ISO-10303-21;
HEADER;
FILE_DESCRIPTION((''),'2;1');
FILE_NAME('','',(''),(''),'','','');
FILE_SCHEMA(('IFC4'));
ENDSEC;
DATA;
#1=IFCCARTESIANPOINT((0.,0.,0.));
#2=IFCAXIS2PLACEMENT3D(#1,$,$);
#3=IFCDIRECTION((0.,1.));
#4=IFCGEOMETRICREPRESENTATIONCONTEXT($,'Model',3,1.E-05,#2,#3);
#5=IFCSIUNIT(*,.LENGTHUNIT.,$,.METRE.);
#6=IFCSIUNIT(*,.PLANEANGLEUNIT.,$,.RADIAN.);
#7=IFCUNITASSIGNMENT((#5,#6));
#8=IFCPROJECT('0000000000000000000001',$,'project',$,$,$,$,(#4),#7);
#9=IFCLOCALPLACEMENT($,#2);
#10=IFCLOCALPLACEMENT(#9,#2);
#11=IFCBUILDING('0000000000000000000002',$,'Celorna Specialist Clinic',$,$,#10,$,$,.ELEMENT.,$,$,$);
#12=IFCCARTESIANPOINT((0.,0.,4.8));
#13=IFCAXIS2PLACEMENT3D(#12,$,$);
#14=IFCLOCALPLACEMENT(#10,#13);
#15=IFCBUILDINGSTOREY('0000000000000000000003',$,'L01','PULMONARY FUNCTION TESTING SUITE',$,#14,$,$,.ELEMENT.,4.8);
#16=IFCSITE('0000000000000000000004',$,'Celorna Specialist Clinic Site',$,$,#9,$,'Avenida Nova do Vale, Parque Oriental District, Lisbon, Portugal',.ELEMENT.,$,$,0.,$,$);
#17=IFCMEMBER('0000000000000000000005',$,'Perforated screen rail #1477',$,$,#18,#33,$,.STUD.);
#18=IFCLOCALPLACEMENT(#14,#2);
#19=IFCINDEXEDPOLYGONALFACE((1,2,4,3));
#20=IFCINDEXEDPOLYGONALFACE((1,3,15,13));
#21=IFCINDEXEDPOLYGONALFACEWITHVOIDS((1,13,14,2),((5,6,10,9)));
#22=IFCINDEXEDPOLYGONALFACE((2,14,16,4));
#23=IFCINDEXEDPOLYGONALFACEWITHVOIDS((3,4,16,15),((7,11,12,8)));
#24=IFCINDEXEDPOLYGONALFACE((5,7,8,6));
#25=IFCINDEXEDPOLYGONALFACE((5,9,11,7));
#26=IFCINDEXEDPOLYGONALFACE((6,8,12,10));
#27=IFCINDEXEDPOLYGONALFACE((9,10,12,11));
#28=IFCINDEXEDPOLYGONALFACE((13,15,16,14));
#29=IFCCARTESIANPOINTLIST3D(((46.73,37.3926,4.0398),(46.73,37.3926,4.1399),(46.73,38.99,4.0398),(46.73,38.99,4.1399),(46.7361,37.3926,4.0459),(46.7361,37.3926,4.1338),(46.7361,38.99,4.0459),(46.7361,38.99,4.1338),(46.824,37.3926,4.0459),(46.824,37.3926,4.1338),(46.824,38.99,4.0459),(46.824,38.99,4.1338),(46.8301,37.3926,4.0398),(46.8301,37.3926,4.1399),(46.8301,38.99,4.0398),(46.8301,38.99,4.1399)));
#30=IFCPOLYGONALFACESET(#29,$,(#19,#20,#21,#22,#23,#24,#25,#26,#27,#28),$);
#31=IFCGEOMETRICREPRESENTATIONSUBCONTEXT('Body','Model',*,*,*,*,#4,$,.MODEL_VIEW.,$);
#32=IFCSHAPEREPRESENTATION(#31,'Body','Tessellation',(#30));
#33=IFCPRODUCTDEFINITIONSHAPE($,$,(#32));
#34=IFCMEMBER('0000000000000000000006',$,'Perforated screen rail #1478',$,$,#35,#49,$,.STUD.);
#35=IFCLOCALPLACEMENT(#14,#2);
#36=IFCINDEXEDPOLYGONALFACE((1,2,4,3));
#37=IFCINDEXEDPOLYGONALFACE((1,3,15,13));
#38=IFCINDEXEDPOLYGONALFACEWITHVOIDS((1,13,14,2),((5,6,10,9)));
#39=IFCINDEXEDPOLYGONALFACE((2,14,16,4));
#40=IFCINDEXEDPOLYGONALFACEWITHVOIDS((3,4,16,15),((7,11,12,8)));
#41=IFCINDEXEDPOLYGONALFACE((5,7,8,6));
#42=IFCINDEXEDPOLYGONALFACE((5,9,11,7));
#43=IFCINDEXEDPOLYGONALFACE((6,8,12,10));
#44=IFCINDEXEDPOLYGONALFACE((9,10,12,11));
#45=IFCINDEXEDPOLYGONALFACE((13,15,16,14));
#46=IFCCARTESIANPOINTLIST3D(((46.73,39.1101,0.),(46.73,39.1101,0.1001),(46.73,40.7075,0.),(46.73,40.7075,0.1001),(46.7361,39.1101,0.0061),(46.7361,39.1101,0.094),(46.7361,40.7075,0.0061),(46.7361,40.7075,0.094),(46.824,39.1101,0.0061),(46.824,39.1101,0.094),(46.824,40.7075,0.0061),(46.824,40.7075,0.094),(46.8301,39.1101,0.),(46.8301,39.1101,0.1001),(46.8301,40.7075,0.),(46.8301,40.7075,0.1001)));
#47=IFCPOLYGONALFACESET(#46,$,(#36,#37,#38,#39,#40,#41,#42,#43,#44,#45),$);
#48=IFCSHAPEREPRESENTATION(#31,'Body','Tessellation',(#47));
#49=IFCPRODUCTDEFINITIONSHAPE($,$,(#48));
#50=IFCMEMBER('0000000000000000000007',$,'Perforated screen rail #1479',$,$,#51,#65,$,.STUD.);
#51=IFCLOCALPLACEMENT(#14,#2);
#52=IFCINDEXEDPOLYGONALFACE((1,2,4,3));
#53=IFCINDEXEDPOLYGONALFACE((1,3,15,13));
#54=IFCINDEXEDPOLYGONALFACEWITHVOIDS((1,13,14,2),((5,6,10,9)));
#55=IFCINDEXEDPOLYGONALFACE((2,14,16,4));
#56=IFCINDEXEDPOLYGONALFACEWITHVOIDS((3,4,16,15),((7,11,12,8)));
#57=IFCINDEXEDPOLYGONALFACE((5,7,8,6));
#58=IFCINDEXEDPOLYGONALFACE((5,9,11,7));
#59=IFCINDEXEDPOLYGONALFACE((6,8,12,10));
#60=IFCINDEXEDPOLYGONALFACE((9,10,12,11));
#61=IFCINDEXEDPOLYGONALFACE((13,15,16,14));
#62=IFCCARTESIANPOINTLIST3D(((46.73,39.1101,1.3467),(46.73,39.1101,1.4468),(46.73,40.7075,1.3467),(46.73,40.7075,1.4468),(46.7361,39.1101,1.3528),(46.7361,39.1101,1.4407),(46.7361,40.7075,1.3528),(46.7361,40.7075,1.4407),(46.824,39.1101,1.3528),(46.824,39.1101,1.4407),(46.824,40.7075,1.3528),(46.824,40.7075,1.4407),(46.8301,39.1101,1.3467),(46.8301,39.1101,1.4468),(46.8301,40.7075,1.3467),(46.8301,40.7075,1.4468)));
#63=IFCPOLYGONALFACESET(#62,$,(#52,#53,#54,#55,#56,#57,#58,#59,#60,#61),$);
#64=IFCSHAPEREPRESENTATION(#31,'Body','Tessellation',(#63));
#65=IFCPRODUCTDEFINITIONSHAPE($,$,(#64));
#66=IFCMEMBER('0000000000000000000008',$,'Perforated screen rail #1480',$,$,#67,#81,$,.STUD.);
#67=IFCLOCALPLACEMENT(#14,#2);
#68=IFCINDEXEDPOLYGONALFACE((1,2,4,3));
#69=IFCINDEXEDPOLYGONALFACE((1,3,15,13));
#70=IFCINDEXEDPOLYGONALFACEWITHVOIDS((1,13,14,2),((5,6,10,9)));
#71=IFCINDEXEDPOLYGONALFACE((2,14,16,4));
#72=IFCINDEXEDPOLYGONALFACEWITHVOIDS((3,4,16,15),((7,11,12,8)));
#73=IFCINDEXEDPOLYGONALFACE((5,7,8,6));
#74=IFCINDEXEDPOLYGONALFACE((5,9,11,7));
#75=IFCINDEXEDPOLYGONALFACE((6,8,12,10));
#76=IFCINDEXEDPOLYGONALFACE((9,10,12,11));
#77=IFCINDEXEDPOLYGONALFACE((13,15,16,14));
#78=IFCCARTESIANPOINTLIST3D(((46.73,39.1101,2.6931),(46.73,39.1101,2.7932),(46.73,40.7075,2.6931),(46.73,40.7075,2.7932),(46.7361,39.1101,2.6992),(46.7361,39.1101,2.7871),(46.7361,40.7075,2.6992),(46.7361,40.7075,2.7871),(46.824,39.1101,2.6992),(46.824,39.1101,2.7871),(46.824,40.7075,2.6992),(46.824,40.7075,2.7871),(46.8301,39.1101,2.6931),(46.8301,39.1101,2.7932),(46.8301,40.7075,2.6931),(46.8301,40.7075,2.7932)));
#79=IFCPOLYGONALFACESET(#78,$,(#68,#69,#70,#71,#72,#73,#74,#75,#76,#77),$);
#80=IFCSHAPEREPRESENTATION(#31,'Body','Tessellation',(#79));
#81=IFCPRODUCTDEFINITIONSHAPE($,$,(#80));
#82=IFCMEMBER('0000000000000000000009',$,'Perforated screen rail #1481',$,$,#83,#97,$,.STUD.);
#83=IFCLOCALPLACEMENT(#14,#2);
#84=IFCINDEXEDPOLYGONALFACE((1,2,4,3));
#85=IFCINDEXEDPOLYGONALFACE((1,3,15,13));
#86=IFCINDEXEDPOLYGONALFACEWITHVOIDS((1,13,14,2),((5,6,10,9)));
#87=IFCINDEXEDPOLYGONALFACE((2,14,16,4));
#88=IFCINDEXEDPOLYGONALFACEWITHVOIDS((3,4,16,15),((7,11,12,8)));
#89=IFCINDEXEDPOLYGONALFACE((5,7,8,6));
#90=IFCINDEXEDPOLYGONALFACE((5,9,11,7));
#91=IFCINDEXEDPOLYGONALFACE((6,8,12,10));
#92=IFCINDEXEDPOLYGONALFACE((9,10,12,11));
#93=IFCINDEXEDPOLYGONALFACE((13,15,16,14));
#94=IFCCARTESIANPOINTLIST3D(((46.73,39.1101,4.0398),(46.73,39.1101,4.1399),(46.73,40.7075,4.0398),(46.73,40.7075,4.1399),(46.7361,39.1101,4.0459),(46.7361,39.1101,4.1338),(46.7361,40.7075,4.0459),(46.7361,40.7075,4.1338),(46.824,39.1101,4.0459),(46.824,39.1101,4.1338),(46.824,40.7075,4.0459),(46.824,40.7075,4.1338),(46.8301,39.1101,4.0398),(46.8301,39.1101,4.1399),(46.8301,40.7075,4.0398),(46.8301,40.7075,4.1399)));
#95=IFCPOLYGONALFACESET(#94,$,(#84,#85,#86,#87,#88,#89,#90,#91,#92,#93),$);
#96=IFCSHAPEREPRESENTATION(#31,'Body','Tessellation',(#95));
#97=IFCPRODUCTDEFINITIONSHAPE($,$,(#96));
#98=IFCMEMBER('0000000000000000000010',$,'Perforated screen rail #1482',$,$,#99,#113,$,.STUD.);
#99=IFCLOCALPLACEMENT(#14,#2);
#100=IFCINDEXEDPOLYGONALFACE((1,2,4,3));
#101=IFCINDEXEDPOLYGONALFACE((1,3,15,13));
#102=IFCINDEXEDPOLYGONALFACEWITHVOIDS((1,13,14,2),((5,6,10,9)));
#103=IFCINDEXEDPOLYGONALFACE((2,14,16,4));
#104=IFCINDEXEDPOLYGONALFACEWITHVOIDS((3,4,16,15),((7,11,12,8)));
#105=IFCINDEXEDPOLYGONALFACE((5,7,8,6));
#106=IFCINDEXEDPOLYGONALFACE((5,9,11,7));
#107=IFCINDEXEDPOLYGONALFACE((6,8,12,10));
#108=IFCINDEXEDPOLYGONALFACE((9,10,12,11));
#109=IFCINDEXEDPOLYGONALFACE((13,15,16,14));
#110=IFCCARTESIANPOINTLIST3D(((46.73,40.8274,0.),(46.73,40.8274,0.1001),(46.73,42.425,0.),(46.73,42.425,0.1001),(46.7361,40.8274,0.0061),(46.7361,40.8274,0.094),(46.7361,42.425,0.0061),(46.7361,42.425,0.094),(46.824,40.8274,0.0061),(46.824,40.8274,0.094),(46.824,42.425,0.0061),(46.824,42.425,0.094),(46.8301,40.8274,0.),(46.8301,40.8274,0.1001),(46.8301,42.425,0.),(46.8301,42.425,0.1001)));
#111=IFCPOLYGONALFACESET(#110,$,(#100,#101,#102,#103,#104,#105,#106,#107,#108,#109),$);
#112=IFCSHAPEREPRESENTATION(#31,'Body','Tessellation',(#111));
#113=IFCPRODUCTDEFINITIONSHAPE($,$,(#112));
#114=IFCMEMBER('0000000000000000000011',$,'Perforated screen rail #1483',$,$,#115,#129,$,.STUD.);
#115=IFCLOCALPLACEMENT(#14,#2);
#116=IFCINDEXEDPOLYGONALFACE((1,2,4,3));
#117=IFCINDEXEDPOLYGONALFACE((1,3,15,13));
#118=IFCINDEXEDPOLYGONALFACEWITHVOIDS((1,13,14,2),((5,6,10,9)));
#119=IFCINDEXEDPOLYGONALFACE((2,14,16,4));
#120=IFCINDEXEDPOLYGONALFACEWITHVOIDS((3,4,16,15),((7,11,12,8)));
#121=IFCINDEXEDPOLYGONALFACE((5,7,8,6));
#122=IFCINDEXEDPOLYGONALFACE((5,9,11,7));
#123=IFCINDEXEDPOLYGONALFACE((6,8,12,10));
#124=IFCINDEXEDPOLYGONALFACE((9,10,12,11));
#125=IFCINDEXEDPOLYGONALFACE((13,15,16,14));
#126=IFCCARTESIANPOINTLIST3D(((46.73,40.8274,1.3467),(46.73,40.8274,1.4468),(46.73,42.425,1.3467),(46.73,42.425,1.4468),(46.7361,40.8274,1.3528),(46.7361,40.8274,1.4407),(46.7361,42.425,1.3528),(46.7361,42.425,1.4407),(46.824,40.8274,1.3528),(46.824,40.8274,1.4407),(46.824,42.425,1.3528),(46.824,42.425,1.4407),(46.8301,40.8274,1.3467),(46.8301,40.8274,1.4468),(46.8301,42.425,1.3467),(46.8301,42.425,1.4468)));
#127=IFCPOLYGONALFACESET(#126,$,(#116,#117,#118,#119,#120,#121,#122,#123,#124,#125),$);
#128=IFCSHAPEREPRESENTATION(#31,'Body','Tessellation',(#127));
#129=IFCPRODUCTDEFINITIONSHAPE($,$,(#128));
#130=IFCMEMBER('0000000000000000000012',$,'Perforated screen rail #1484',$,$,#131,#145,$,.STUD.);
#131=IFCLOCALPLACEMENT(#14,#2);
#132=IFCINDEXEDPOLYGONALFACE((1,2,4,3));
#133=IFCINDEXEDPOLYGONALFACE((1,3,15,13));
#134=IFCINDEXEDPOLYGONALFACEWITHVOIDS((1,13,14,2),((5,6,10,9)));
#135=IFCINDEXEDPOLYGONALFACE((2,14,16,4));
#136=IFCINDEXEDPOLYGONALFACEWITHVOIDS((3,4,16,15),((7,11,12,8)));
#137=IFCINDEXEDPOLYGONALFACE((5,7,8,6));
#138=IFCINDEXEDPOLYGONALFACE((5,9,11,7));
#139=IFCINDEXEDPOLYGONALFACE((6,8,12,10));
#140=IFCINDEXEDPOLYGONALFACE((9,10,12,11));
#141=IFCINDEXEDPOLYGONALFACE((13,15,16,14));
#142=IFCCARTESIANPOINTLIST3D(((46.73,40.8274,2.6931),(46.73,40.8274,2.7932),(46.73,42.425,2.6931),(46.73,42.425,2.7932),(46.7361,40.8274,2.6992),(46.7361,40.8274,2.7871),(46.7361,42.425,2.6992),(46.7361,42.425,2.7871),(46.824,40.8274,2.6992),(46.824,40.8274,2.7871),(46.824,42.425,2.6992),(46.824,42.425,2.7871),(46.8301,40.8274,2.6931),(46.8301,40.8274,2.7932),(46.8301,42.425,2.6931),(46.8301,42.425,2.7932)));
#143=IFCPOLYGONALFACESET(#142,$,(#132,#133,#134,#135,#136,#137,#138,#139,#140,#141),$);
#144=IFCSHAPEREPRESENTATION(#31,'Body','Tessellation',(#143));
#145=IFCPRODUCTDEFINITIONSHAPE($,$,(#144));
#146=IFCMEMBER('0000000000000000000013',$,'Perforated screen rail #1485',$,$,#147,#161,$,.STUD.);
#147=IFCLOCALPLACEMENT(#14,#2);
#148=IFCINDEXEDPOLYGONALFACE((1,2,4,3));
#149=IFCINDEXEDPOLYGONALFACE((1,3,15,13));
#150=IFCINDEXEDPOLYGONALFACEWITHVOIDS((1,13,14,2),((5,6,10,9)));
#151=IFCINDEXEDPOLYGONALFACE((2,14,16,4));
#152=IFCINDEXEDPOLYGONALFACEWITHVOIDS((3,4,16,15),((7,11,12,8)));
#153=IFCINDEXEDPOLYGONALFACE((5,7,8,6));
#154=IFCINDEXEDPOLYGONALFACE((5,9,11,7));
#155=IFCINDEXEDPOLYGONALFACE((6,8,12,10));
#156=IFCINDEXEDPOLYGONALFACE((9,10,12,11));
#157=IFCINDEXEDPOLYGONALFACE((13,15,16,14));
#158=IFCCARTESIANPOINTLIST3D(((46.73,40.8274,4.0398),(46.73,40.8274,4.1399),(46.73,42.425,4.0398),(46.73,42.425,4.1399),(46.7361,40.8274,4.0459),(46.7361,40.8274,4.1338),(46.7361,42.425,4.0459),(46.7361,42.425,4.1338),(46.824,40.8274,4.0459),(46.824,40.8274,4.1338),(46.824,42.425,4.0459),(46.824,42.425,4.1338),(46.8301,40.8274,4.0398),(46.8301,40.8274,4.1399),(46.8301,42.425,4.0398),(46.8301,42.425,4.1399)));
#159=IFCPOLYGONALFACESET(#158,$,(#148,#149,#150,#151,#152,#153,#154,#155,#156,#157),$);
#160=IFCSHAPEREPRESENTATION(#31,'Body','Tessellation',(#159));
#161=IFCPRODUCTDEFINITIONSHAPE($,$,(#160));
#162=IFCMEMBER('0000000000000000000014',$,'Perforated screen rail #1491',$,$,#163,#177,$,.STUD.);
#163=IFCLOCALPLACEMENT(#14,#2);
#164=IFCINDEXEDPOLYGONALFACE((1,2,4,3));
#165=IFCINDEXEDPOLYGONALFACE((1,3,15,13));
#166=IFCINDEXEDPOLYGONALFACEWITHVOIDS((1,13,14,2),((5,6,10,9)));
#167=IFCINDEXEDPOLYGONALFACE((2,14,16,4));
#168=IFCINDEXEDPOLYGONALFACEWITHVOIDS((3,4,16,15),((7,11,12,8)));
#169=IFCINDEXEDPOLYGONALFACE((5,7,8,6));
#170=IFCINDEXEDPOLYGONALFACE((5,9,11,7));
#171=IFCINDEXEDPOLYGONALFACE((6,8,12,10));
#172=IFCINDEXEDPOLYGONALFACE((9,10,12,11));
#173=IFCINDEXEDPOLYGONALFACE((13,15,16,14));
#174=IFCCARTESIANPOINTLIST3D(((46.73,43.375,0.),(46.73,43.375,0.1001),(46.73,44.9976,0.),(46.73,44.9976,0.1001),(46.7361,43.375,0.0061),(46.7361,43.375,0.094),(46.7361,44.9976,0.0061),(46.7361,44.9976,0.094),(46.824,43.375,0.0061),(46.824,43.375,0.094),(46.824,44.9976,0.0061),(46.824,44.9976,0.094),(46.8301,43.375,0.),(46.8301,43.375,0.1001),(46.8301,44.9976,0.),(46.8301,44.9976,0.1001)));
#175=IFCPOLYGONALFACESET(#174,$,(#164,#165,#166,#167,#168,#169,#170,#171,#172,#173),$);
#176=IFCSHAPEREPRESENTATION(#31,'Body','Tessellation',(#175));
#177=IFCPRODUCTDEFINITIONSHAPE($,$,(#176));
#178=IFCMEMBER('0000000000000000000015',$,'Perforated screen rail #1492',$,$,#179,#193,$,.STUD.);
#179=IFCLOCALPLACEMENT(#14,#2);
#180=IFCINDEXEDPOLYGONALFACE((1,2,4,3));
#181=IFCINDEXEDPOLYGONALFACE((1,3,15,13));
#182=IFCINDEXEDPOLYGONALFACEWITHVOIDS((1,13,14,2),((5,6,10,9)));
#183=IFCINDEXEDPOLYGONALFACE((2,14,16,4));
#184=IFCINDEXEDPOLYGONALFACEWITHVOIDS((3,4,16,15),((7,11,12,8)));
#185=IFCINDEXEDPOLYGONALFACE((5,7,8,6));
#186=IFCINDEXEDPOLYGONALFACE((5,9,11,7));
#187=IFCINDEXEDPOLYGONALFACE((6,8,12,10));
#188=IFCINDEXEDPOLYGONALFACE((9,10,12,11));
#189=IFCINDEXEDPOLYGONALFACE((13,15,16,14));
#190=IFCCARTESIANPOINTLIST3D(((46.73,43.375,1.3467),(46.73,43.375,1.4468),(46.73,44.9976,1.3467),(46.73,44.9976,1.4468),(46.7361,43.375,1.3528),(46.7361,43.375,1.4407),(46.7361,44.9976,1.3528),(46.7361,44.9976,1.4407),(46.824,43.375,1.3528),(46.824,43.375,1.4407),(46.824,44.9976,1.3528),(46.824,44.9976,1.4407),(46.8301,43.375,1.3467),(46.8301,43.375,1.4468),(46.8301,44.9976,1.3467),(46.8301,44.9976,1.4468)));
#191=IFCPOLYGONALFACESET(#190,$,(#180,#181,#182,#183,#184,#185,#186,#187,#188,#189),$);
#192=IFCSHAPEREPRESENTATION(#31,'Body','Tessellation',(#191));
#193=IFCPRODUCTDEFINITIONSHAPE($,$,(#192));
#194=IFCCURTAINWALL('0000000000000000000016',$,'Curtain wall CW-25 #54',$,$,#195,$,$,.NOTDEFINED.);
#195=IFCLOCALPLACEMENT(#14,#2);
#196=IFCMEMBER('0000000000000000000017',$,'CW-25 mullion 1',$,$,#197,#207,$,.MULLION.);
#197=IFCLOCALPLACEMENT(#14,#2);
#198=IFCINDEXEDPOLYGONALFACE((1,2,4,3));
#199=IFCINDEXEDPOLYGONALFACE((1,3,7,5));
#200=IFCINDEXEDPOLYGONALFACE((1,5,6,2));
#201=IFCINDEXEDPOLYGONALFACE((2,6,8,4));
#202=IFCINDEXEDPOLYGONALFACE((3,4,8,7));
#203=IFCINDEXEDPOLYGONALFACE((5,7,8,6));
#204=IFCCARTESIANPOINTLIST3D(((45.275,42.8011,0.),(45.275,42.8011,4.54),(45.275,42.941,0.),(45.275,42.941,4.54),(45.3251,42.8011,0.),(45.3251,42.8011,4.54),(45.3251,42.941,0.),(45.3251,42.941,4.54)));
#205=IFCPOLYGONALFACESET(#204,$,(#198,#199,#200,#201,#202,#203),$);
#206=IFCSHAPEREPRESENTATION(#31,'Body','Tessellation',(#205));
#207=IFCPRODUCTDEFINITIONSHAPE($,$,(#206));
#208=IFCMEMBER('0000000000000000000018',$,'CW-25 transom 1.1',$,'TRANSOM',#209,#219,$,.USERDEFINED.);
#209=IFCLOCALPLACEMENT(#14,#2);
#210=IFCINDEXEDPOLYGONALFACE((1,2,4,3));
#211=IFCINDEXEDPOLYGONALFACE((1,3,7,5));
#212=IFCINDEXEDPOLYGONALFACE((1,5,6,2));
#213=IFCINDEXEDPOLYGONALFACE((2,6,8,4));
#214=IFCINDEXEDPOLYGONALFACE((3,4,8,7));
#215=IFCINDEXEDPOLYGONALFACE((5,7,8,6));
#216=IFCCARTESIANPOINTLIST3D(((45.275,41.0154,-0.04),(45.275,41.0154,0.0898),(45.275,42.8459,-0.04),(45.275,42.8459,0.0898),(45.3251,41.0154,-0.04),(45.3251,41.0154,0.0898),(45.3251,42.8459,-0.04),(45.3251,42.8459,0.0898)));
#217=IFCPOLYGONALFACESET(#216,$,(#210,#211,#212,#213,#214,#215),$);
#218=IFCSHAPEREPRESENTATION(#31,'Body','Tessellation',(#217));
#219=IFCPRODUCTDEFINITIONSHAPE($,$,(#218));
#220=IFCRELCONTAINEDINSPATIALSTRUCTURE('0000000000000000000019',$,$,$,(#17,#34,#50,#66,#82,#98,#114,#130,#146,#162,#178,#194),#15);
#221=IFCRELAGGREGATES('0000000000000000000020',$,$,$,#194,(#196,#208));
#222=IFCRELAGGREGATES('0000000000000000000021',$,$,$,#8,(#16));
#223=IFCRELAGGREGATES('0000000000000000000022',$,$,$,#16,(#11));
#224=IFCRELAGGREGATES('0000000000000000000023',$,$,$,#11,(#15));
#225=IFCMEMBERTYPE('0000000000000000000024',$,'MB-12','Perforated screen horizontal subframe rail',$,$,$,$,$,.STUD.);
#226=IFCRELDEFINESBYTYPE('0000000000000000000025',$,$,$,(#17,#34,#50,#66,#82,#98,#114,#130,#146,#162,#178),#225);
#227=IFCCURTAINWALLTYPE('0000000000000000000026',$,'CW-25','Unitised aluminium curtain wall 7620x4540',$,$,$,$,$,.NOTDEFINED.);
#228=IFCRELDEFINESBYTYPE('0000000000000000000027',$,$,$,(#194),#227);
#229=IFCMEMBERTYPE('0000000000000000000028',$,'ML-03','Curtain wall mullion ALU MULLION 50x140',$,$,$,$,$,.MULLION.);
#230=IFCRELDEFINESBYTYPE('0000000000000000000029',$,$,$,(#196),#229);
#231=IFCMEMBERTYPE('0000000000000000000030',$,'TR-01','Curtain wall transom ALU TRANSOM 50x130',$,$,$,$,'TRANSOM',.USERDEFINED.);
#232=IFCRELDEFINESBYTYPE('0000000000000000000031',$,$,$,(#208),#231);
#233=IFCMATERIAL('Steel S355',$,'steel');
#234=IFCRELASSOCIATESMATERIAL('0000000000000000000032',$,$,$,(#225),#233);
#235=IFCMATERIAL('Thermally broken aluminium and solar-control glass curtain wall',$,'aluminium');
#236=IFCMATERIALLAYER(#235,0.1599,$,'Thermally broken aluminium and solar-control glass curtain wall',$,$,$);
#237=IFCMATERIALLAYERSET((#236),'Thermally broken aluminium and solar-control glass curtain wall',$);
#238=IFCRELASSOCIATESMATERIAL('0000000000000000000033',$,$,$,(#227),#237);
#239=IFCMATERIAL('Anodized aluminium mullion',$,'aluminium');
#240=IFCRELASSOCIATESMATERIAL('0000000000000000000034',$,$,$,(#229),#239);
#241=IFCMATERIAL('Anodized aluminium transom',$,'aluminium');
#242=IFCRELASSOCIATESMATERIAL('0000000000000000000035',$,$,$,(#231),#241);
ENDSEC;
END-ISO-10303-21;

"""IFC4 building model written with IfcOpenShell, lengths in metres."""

from ifc_helpers import new_model, si_unit, direction, frame, origin, origin_2d, place, context, subcontext, project, spatial, rectangle, hollow_rectangle, extrude, material, layer, layer_set, material_profile, profile_set, type_object, element, aggregate, save


model = new_model("IFC4")

# Units and contexts
model_context = context("Model", 3, precision=1e-05, world=origin(), true_north=direction((0.0, 1.0)))
body_context = subcontext(model_context, "Body", "Model", "MODEL_VIEW")
ifc_project = project(units=[si_unit("LENGTHUNIT", "METRE"), si_unit("PLANEANGLEUNIT", "RADIAN")], contexts=[model_context])

# Site, building, storey
site_placement = place(None, origin())
site = spatial("IfcSite", under=ifc_project, at=site_placement, Name="Celorna Specialist Clinic Site", LongName="Avenida Nova do Vale, Parque Oriental District, Lisbon, Portugal", CompositionType="ELEMENT", RefElevation=0.0)
building_placement = place(site_placement, origin())
building = spatial("IfcBuilding", under=site, at=building_placement, Name="Celorna Specialist Clinic", CompositionType="ELEMENT")
storey_placement = place(building_placement, frame((0.0, 0.0, 4.8)))
storey = spatial("IfcBuildingStorey", under=building, at=storey_placement, Name="L01", Description="PULMONARY FUNCTION TESTING SUITE", CompositionType="ELEMENT", Elevation=4.8)

# Members
ifc_material_1 = material(Name="Steel S355", Category="steel")
ifc_material_profile_1 = material_profile(ifc_material_1, hollow_rectangle(XDim=0.1001, YDim=0.1001, WallThickness=0.0061, at=origin_2d()), Name="SHS 100x100x6")
ifc_profile_set_1 = profile_set([ifc_material_profile_1], Name="Steel S355")
member_type_1 = type_object("IfcMemberType", Name="MB-12", Description="Perforated screen horizontal subframe rail", PredefinedType="STUD", material=ifc_profile_set_1)
for number, where, z_axis, x_axis, name in (
    (1, (46.78, 37.3926, 4.0898), (0.0, 1.0, 0.0), (-1.0, 0.0, 0.0), "Perforated screen rail #1477"),
    (2, (46.78, 39.1101, 0.05), (0.0, 1.0, 0.0), (-1.0, 0.0, 0.0), "Perforated screen rail #1478"),
    (3, (46.78, 39.1101, 1.3967), (0.0, 1.0, 0.0), (-1.0, 0.0, 0.0), "Perforated screen rail #1479"),
    (4, (46.78, 39.1101, 2.7432), (0.0, 1.0, 0.0), (-1.0, 0.0, 0.0), "Perforated screen rail #1480"),
    (5, (46.78, 39.1101, 4.0898), (0.0, 1.0, 0.0), (-1.0, 0.0, 0.0), "Perforated screen rail #1481"),
):
    element("IfcMember", number, at=place(storey_placement, frame(where, z_axis=z_axis, x_axis=x_axis)), inside=storey, type_object=member_type_1, Name=name, PredefinedType="STUD", context=body_context, shape_type="SweptSolid", body=[
        extrude(hollow_rectangle(XDim=0.1001, YDim=0.1001, WallThickness=0.0061, at=origin_2d()), origin(), (0.0, 0.0, 1.0), 1.5974),
    ])
for number, where, z_axis, x_axis, name in (
    (6, (46.78, 40.8274, 0.05), (0.0, 1.0, 0.0), (-1.0, 0.0, 0.0), "Perforated screen rail #1482"),
    (7, (46.78, 40.8274, 1.3967), (0.0, 1.0, 0.0), (-1.0, 0.0, 0.0), "Perforated screen rail #1483"),
    (8, (46.78, 40.8274, 2.7432), (0.0, 1.0, 0.0), (-1.0, 0.0, 0.0), "Perforated screen rail #1484"),
    (9, (46.78, 40.8274, 4.0898), (0.0, 1.0, 0.0), (-1.0, 0.0, 0.0), "Perforated screen rail #1485"),
):
    element("IfcMember", number, at=place(storey_placement, frame(where, z_axis=z_axis, x_axis=x_axis)), inside=storey, type_object=member_type_1, Name=name, PredefinedType="STUD", context=body_context, shape_type="SweptSolid", body=[
        extrude(hollow_rectangle(XDim=0.1001, YDim=0.1001, WallThickness=0.0061, at=origin_2d()), origin(), (0.0, 0.0, 1.0), 1.5977),
    ])
for number, where, z_axis, x_axis, name in (
    (10, (46.78, 43.375, 0.05), (0.0, 1.0, 0.0), (-1.0, 0.0, 0.0), "Perforated screen rail #1491"),
    (11, (46.78, 43.375, 1.3967), (0.0, 1.0, 0.0), (-1.0, 0.0, 0.0), "Perforated screen rail #1492"),
):
    element("IfcMember", number, at=place(storey_placement, frame(where, z_axis=z_axis, x_axis=x_axis)), inside=storey, type_object=member_type_1, Name=name, PredefinedType="STUD", context=body_context, shape_type="SweptSolid", body=[
        extrude(hollow_rectangle(XDim=0.1001, YDim=0.1001, WallThickness=0.0061, at=origin_2d()), origin(), (0.0, 0.0, 1.0), 1.6226),
    ])

# Curtain wall, members
ifc_material_2 = material(Name="Thermally broken aluminium and solar-control glass curtain wall", Category="aluminium")
ifc_layer_1 = layer(ifc_material_2, 0.1599, Name="Thermally broken aluminium and solar-control glass curtain wall")
ifc_layer_set_1 = layer_set([ifc_layer_1], Name="Thermally broken aluminium and solar-control glass curtain wall")
curtain_wall_type = type_object("IfcCurtainWallType", Name="CW-25", Description="Unitised aluminium curtain wall 7620x4540", PredefinedType="NOTDEFINED", material=ifc_layer_set_1)
curtain_wall_placement = place(storey_placement, origin())
curtain_wall = element("IfcCurtainWall", 12, at=curtain_wall_placement, inside=storey, type_object=curtain_wall_type, Name="Curtain wall CW-25 #54", PredefinedType="NOTDEFINED")
ifc_material_3 = material(Name="Anodized aluminium mullion", Category="aluminium")
ifc_material_profile_2 = material_profile(ifc_material_3, rectangle(XDim=0.05, YDim=0.1399, at=origin_2d()), Name="ALU MULLION 50x140")
ifc_profile_set_2 = profile_set([ifc_material_profile_2], Name="Anodized aluminium mullion")
member_type_2 = type_object("IfcMemberType", Name="ML-03", Description="Curtain wall mullion ALU MULLION 50x140", PredefinedType="MULLION", material=ifc_profile_set_2)
member_1_placement = place(storey_placement, frame((45.3, 42.8711, 0.0), z_axis=(0.0, 0.0, 1.0), x_axis=(1.0, 0.0, 0.0)))
member_1 = element("IfcMember", 13, at=member_1_placement, type_object=member_type_2, Name="CW-25 mullion 1", PredefinedType="MULLION", context=body_context, shape_type="SweptSolid", body=[
    extrude(rectangle(XDim=0.05, YDim=0.1399, at=origin_2d()), origin(), (0.0, 0.0, 1.0), 4.54),
])
ifc_material_4 = material(Name="Anodized aluminium transom", Category="aluminium")
ifc_material_profile_3 = material_profile(ifc_material_4, rectangle(XDim=0.05, YDim=0.1299, at=origin_2d()), Name="ALU TRANSOM 50x130")
ifc_profile_set_3 = profile_set([ifc_material_profile_3], Name="Anodized aluminium transom")
member_type_3 = type_object("IfcMemberType", Name="TR-01", Description="Curtain wall transom ALU TRANSOM 50x130", ElementType="TRANSOM", PredefinedType="USERDEFINED", material=ifc_profile_set_3)
member_2_placement = place(storey_placement, frame((45.3, 42.8459, 0.0249), z_axis=(0.0, -1.0, 0.0), x_axis=(1.0, 0.0, 0.0)))
member_2 = element("IfcMember", 14, at=member_2_placement, type_object=member_type_3, Name="CW-25 transom 1.1", ObjectType="TRANSOM", PredefinedType="USERDEFINED", context=body_context, shape_type="SweptSolid", body=[
    extrude(rectangle(XDim=0.05, YDim=0.1299, at=origin_2d()), origin(), (0.0, 0.0, 1.0), 1.8306),
])
aggregate(curtain_wall, [member_1, member_2])

save(model, "model.ifc")
